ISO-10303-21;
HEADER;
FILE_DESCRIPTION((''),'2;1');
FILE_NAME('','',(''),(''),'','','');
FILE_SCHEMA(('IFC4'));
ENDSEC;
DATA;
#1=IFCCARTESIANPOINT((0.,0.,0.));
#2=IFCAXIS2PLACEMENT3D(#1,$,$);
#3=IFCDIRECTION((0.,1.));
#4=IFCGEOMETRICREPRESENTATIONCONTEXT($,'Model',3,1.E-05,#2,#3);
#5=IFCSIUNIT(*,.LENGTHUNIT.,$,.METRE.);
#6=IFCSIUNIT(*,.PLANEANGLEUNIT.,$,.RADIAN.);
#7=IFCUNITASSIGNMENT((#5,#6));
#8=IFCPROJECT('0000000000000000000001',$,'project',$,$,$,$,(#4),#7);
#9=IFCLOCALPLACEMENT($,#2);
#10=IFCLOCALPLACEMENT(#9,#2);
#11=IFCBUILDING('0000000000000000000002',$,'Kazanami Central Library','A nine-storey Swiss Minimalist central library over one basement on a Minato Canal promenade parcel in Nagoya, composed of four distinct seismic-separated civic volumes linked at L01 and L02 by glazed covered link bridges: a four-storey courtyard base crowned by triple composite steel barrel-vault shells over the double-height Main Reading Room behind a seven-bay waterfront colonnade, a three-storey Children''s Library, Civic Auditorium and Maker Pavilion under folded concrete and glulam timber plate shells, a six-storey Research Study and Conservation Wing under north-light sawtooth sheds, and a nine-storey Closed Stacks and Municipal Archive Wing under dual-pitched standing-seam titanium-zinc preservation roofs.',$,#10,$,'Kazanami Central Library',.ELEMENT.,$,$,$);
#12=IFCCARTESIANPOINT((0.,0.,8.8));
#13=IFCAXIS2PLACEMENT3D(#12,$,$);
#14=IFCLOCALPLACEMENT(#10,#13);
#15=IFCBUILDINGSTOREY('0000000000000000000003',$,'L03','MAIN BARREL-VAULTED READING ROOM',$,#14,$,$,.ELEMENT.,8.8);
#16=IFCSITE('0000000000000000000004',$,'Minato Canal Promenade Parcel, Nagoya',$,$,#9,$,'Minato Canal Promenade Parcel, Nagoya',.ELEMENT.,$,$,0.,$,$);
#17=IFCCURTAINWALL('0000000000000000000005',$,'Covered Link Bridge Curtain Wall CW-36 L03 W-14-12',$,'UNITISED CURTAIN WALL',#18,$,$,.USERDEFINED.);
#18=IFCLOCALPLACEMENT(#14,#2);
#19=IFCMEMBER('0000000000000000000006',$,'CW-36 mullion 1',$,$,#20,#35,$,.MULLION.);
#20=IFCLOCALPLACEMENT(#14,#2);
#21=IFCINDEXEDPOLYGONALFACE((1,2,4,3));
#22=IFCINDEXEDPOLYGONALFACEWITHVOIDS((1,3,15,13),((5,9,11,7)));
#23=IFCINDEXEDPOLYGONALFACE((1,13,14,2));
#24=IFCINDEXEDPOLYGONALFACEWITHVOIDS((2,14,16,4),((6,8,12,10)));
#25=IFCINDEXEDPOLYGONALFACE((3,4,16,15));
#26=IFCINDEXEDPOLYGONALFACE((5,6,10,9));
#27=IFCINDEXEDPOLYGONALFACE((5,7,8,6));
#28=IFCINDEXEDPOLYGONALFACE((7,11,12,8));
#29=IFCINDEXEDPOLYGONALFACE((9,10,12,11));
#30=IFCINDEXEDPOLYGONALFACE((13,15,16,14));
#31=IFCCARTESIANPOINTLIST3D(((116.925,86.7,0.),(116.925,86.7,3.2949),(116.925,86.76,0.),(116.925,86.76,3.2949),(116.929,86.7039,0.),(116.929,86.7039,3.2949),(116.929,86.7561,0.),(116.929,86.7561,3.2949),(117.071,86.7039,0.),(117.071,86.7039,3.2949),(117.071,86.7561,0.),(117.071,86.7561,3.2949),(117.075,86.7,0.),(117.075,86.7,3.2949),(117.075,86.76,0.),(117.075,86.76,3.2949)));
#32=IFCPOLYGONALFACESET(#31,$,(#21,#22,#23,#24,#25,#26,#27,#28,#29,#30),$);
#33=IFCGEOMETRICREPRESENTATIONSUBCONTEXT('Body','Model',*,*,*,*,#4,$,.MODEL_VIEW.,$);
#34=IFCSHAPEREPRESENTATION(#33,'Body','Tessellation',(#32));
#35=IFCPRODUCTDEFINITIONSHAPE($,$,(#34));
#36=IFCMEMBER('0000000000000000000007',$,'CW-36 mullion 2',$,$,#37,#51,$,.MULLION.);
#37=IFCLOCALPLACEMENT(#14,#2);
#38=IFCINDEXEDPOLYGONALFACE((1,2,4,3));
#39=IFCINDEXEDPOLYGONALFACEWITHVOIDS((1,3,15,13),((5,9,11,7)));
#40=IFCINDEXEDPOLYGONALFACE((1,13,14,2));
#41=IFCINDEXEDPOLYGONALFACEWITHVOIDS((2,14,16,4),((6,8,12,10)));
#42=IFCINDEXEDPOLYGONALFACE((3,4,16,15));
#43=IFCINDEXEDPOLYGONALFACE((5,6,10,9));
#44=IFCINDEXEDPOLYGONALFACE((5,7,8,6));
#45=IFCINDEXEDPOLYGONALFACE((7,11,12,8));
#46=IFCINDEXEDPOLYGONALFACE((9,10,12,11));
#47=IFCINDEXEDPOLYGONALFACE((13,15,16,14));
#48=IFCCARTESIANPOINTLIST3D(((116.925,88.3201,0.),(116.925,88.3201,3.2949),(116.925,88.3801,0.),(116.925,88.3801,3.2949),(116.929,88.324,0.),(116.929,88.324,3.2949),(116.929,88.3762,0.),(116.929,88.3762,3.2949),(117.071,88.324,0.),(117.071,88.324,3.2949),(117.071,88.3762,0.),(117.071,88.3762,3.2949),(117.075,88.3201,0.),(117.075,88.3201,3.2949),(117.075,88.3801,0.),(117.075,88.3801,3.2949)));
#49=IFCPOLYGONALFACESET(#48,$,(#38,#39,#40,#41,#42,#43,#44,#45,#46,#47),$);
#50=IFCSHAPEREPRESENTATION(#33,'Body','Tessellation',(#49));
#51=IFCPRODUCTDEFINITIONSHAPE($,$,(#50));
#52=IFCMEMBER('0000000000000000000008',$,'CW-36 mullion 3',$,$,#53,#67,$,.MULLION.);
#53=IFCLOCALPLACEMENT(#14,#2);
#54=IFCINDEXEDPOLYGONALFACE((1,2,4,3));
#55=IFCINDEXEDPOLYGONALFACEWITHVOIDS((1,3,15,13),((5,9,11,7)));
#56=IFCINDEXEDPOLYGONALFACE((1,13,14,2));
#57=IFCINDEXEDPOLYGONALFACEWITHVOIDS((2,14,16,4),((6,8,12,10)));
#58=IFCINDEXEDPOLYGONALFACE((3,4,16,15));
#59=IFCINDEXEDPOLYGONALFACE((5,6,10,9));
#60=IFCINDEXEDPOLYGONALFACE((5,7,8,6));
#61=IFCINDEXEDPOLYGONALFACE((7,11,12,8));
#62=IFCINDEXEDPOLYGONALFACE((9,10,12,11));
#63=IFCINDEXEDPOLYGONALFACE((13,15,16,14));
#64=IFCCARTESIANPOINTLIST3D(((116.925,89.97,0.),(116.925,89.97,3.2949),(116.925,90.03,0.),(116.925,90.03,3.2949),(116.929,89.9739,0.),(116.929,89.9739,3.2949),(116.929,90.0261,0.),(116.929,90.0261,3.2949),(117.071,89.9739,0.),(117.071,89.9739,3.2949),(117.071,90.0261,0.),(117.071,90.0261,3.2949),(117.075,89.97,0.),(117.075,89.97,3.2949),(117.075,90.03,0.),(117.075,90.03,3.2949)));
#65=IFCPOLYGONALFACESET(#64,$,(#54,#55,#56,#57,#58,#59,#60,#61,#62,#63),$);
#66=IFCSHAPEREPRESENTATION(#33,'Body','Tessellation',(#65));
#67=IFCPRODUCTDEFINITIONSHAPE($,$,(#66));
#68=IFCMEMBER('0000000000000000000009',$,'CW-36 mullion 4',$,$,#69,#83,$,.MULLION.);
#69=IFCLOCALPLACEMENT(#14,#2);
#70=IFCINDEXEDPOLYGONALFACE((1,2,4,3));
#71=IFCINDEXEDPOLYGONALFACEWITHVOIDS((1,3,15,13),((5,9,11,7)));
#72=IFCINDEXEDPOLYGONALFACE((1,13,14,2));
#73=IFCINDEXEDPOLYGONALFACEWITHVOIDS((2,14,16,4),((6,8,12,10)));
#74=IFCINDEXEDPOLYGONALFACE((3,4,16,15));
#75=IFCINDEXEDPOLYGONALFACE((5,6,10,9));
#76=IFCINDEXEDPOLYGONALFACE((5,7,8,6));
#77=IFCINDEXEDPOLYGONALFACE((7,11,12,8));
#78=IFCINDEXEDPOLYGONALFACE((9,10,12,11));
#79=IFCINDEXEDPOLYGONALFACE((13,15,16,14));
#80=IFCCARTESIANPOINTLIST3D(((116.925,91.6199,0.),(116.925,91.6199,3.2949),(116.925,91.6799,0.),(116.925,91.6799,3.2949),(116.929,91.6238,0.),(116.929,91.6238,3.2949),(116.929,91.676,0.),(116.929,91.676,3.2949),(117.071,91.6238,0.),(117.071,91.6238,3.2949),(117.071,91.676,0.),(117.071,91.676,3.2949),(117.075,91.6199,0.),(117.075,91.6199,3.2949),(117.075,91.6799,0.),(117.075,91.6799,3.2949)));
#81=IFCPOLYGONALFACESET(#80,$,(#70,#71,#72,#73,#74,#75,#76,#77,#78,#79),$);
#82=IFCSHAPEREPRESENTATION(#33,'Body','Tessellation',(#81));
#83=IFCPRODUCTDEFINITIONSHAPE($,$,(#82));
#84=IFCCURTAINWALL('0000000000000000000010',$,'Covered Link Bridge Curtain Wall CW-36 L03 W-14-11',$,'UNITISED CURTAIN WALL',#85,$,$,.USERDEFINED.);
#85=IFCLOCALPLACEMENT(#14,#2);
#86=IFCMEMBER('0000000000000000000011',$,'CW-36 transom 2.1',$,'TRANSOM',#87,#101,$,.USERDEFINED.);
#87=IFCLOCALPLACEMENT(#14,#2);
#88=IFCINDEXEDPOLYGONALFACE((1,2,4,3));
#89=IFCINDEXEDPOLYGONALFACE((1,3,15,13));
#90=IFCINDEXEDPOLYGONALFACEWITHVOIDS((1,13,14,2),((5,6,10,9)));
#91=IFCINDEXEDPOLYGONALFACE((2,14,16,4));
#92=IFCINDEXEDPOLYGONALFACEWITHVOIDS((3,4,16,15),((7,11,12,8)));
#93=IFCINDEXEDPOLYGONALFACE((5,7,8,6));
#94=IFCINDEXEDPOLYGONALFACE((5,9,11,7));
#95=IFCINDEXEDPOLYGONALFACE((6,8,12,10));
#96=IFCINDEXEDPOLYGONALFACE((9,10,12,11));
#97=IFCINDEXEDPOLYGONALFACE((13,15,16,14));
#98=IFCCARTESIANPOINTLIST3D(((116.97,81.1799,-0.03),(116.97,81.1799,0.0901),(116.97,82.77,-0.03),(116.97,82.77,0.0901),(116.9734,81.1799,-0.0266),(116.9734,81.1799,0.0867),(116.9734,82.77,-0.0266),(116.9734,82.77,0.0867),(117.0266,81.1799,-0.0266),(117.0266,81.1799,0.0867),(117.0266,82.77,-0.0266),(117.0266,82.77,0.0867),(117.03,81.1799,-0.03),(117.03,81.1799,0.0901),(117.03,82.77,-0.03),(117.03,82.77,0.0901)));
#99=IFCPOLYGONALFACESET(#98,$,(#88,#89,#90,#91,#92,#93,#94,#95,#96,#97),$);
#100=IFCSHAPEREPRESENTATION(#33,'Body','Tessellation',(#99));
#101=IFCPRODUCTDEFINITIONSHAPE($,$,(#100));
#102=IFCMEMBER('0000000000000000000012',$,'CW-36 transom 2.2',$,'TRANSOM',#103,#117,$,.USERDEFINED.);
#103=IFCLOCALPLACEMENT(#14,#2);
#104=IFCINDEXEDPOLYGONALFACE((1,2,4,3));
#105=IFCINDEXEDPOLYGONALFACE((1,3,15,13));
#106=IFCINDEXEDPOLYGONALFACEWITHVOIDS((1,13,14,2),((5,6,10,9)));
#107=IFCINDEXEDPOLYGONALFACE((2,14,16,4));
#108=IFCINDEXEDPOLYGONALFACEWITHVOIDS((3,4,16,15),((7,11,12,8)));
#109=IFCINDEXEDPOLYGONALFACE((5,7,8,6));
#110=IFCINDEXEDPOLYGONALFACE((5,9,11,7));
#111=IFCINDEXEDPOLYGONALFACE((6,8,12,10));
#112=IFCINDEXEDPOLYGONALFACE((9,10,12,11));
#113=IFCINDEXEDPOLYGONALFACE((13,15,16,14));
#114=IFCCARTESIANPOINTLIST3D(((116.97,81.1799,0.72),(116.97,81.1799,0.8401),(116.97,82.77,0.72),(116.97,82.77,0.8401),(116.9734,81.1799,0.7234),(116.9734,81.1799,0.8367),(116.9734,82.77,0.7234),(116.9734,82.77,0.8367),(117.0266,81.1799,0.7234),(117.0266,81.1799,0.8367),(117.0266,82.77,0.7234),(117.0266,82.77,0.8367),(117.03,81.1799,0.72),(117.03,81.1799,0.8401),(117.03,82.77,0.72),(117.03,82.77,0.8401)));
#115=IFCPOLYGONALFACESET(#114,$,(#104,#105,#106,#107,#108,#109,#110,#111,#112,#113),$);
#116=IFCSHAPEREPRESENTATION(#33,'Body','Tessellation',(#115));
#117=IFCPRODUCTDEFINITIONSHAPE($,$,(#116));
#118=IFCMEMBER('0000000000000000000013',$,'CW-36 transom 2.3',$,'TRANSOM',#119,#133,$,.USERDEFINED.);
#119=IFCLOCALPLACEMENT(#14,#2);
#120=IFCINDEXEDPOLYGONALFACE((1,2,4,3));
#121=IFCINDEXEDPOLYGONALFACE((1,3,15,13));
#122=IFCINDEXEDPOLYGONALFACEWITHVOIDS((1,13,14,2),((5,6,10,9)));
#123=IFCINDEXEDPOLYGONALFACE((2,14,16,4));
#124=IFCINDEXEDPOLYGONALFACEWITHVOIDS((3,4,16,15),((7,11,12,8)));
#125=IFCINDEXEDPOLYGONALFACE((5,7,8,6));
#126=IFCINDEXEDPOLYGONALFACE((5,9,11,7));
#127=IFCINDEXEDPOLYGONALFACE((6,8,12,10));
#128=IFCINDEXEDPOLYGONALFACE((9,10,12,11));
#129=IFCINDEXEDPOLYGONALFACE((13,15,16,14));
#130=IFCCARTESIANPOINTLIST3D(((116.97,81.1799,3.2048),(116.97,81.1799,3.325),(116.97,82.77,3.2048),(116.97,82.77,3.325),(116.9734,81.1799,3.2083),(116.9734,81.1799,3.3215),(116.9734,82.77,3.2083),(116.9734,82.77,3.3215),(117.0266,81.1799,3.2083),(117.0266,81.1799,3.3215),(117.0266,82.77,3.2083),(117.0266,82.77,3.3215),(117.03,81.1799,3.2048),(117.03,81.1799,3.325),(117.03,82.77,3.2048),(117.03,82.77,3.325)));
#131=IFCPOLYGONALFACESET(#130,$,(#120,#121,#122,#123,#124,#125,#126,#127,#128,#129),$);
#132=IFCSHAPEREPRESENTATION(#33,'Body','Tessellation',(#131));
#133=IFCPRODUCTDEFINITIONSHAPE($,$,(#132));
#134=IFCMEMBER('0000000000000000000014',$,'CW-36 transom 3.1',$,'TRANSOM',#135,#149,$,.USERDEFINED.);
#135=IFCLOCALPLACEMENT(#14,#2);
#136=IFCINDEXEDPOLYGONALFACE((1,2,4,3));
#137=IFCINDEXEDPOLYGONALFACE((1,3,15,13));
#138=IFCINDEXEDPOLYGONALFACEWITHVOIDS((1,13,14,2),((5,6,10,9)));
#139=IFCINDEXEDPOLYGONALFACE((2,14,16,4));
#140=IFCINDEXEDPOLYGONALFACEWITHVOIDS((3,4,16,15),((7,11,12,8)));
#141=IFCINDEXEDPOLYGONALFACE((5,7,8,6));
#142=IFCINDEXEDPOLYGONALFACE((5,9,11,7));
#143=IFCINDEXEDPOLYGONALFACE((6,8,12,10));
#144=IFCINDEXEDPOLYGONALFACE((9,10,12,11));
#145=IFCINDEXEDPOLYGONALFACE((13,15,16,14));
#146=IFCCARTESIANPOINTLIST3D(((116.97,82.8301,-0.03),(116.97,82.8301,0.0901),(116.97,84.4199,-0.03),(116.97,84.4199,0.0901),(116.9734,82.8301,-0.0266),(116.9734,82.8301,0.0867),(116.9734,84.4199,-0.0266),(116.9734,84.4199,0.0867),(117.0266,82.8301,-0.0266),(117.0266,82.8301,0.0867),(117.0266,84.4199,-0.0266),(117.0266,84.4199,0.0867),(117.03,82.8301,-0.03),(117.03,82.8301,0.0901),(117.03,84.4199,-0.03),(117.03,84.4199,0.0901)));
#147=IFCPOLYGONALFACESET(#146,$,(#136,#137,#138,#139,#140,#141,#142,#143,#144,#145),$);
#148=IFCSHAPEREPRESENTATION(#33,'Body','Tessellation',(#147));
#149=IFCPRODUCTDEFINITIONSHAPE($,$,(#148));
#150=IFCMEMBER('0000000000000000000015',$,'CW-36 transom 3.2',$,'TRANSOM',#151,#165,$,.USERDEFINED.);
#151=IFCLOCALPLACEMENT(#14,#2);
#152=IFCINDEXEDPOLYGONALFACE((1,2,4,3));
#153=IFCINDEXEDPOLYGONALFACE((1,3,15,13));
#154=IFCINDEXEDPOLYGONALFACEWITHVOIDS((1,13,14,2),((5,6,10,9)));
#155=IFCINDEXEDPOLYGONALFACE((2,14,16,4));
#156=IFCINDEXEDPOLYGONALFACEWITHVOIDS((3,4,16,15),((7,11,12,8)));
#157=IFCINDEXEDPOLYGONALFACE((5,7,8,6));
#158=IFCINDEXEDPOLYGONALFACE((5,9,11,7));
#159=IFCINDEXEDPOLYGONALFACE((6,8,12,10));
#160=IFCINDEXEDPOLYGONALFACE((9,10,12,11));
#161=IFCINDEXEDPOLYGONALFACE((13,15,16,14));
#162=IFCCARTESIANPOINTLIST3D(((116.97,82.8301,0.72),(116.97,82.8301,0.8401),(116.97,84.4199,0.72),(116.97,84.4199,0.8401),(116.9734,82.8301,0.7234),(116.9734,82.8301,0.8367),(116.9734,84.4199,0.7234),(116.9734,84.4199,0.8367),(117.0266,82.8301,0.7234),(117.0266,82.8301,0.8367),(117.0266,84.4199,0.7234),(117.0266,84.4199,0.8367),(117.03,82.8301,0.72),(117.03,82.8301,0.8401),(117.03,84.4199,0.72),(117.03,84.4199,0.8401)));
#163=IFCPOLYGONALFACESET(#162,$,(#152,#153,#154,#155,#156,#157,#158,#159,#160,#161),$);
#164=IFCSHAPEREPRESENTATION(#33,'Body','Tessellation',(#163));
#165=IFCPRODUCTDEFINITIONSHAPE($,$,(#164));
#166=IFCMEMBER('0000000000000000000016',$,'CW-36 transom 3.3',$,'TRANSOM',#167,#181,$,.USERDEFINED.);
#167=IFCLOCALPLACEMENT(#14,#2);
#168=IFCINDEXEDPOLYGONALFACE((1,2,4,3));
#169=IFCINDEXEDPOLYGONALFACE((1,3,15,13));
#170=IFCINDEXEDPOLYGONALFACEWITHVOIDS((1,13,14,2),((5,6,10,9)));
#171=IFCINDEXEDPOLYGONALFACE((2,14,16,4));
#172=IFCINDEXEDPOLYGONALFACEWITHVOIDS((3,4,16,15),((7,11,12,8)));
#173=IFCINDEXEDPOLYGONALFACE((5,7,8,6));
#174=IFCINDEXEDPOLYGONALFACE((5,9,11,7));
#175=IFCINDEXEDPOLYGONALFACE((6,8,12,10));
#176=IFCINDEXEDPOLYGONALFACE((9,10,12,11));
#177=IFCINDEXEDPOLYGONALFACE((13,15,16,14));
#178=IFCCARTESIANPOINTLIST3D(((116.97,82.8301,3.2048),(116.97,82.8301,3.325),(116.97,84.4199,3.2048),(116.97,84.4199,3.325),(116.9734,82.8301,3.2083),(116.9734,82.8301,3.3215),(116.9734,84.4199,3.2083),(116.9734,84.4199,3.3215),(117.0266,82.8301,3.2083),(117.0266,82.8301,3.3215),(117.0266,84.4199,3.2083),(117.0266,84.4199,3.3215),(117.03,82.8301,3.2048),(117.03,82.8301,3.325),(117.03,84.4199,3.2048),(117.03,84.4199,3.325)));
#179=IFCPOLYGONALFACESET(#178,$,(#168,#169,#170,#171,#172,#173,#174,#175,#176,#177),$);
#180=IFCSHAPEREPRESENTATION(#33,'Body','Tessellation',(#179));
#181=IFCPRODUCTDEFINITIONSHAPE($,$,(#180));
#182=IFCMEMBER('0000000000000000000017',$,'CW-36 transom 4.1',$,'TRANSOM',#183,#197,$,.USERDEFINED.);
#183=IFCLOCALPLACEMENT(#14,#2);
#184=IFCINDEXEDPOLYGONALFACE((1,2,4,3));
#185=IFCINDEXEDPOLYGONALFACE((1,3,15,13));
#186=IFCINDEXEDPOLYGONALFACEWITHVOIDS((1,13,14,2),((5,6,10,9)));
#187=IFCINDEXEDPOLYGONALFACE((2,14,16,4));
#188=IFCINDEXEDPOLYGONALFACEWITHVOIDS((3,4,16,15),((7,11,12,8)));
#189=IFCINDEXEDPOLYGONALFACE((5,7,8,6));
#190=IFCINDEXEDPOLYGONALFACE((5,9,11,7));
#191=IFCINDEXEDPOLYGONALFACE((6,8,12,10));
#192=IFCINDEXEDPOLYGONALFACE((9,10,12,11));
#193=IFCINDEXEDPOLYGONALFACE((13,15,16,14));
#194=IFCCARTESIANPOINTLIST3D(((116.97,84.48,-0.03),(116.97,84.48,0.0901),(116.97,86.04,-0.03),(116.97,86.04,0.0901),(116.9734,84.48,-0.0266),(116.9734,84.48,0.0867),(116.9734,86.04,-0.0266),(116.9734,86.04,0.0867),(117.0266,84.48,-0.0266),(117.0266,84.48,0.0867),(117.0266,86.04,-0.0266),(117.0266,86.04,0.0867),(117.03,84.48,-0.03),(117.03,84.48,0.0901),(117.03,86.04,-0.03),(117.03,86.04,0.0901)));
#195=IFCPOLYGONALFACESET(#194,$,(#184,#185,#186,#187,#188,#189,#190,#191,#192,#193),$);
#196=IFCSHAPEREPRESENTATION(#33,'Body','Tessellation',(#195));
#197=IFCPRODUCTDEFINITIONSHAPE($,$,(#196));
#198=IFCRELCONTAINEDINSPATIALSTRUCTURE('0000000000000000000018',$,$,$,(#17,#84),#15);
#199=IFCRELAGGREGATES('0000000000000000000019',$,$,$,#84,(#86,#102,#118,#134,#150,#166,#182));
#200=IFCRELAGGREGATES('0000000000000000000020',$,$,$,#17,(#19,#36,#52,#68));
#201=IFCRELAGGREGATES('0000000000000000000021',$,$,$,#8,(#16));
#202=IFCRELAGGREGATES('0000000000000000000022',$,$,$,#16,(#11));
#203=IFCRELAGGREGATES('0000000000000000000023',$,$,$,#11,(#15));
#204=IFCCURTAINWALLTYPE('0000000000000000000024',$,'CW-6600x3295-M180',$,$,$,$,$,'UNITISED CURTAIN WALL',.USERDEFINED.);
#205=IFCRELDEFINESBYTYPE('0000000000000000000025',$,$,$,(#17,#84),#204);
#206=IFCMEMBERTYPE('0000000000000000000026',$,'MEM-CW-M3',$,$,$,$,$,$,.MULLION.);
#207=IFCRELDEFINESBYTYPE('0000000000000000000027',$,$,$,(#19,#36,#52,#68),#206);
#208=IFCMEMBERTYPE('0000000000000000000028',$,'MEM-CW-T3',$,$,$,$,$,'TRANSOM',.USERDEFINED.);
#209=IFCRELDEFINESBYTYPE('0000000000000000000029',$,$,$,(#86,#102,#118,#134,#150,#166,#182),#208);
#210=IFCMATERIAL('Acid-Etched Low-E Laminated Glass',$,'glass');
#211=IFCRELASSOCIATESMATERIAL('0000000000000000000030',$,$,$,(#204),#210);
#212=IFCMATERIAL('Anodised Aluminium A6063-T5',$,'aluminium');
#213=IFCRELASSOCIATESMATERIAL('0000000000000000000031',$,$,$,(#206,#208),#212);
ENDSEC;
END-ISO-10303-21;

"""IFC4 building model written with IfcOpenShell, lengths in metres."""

from ifc_helpers import new_model, si_unit, direction, frame, origin, origin_2d, place, context, subcontext, project, spatial, hollow_rectangle, extrude, material, material_profile, profile_set, type_object, element, aggregate, save


model = new_model("IFC4")

# Units and contexts
model_context = context("Model", 3, precision=1e-05, world=origin(), true_north=direction((0.0, 1.0)))
body_context = subcontext(model_context, "Body", "Model", "MODEL_VIEW")
ifc_project = project(units=[si_unit("LENGTHUNIT", "METRE"), si_unit("PLANEANGLEUNIT", "RADIAN")], contexts=[model_context])

# Site, building, storey
site_placement = place(None, origin())
site = spatial("IfcSite", under=ifc_project, at=site_placement, Name="Minato Canal Promenade Parcel, Nagoya", LongName="Minato Canal Promenade Parcel, Nagoya", CompositionType="ELEMENT", RefElevation=0.0)
building_placement = place(site_placement, origin())
building = spatial("IfcBuilding", under=site, at=building_placement, Name="Kazanami Central Library", Description="A nine-storey Swiss Minimalist central library over one basement on a Minato Canal promenade parcel in Nagoya, composed of four distinct seismic-separated civic volumes linked at L01 and L02 by glazed covered link bridges: a four-storey courtyard base crowned by triple composite steel barrel-vault shells over the double-height Main Reading Room behind a seven-bay waterfront colonnade, a three-storey Children's Library, Civic Auditorium and Maker Pavilion under folded concrete and glulam timber plate shells, a six-storey Research Study and Conservation Wing under north-light sawtooth sheds, and a nine-storey Closed Stacks and Municipal Archive Wing under dual-pitched standing-seam titanium-zinc preservation roofs.", LongName="Kazanami Central Library", CompositionType="ELEMENT")
storey_placement = place(building_placement, frame((0.0, 0.0, 8.8)))
storey = spatial("IfcBuildingStorey", under=building, at=storey_placement, Name="L03", Description="MAIN BARREL-VAULTED READING ROOM", CompositionType="ELEMENT", Elevation=8.8)

# Curtain walls, members
ifc_material_1 = material(Name="Acid-Etched Low-E Laminated Glass", Category="glass")
curtain_wall_type = type_object("IfcCurtainWallType", Name="CW-6600x3295-M180", ElementType="UNITISED CURTAIN WALL", PredefinedType="USERDEFINED", material=ifc_material_1)
curtain_wall_1_placement = place(storey_placement, origin())
curtain_wall_1 = element("IfcCurtainWall", 1, at=curtain_wall_1_placement, inside=storey, type_object=curtain_wall_type, Name="Covered Link Bridge Curtain Wall CW-36 L03 W-14-12", ObjectType="UNITISED CURTAIN WALL", PredefinedType="USERDEFINED")
ifc_material_2 = material(Name="Anodised Aluminium A6063-T5", Category="aluminium")
ifc_material_profile_1 = material_profile(ifc_material_2, hollow_rectangle(XDim=0.0601, YDim=0.1499, WallThickness=0.0039, at=origin_2d()), Name="ALU-MULL-60x150x4")
ifc_profile_set_1 = profile_set([ifc_material_profile_1], Name="Anodised Aluminium A6063-T5")
member_type_1 = type_object("IfcMemberType", Name="MEM-CW-M3", PredefinedType="MULLION", material=ifc_profile_set_1)
member_1_placement = place(storey_placement, frame((117.0, 86.73, 0.0), z_axis=(0.0, 0.0, 1.0), x_axis=(0.0, 1.0, 0.0)))
member_1 = element("IfcMember", 2, at=member_1_placement, type_object=member_type_1, Name="CW-36 mullion 1", PredefinedType="MULLION", context=body_context, shape_type="SweptSolid", body=[
    extrude(hollow_rectangle(XDim=0.0601, YDim=0.1499, WallThickness=0.0039, at=origin_2d()), origin(), (0.0, 0.0, 1.0), 3.2949),
])
member_2_placement = place(storey_placement, frame((117.0, 88.3501, 0.0), z_axis=(0.0, 0.0, 1.0), x_axis=(0.0, 1.0, 0.0)))
member_2 = element("IfcMember", 3, at=member_2_placement, type_object=member_type_1, Name="CW-36 mullion 2", PredefinedType="MULLION", context=body_context, shape_type="SweptSolid", body=[
    extrude(hollow_rectangle(XDim=0.0601, YDim=0.1499, WallThickness=0.0039, at=origin_2d()), origin(), (0.0, 0.0, 1.0), 3.2949),
])
member_3_placement = place(storey_placement, frame((117.0, 90.0, 0.0), z_axis=(0.0, 0.0, 1.0), x_axis=(0.0, 1.0, 0.0)))
member_3 = element("IfcMember", 4, at=member_3_placement, type_object=member_type_1, Name="CW-36 mullion 3", PredefinedType="MULLION", context=body_context, shape_type="SweptSolid", body=[
    extrude(hollow_rectangle(XDim=0.0601, YDim=0.1499, WallThickness=0.0039, at=origin_2d()), origin(), (0.0, 0.0, 1.0), 3.2949),
])
member_4_placement = place(storey_placement, frame((117.0, 91.6499, 0.0), z_axis=(0.0, 0.0, 1.0), x_axis=(0.0, 1.0, 0.0)))
member_4 = element("IfcMember", 5, at=member_4_placement, type_object=member_type_1, Name="CW-36 mullion 4", PredefinedType="MULLION", context=body_context, shape_type="SweptSolid", body=[
    extrude(hollow_rectangle(XDim=0.0601, YDim=0.1499, WallThickness=0.0039, at=origin_2d()), origin(), (0.0, 0.0, 1.0), 3.2949),
])
curtain_wall_2_placement = place(storey_placement, origin())
curtain_wall_2 = element("IfcCurtainWall", 6, at=curtain_wall_2_placement, inside=storey, type_object=curtain_wall_type, Name="Covered Link Bridge Curtain Wall CW-36 L03 W-14-11", ObjectType="UNITISED CURTAIN WALL", PredefinedType="USERDEFINED")
ifc_material_profile_2 = material_profile(ifc_material_2, hollow_rectangle(XDim=0.0601, YDim=0.1201, WallThickness=0.0034, at=origin_2d()), Name="ALU-TRAN-60x120x3.5")
ifc_profile_set_2 = profile_set([ifc_material_profile_2], Name="Anodised Aluminium A6063-T5")
member_type_2 = type_object("IfcMemberType", Name="MEM-CW-T3", ElementType="TRANSOM", PredefinedType="USERDEFINED", material=ifc_profile_set_2)
member_5_placement = place(storey_placement, frame((117.0, 81.1799, 0.03), z_axis=(0.0, 1.0, 0.0), x_axis=(-1.0, 0.0, 0.0)))
member_5 = element("IfcMember", 7, at=member_5_placement, type_object=member_type_2, Name="CW-36 transom 2.1", ObjectType="TRANSOM", PredefinedType="USERDEFINED", context=body_context, shape_type="SweptSolid", body=[
    extrude(hollow_rectangle(XDim=0.0601, YDim=0.1201, WallThickness=0.0034, at=origin_2d()), origin(), (0.0, 0.0, 1.0), 1.5901),
])
member_6_placement = place(storey_placement, frame((117.0, 81.1799, 0.78), z_axis=(0.0, 1.0, 0.0), x_axis=(-1.0, 0.0, 0.0)))
member_6 = element("IfcMember", 8, at=member_6_placement, type_object=member_type_2, Name="CW-36 transom 2.2", ObjectType="TRANSOM", PredefinedType="USERDEFINED", context=body_context, shape_type="SweptSolid", body=[
    extrude(hollow_rectangle(XDim=0.0601, YDim=0.1201, WallThickness=0.0034, at=origin_2d()), origin(), (0.0, 0.0, 1.0), 1.5901),
])
member_7_placement = place(storey_placement, frame((117.0, 81.1799, 3.2649), z_axis=(0.0, 1.0, 0.0), x_axis=(-1.0, 0.0, 0.0)))
member_7 = element("IfcMember", 9, at=member_7_placement, type_object=member_type_2, Name="CW-36 transom 2.3", ObjectType="TRANSOM", PredefinedType="USERDEFINED", context=body_context, shape_type="SweptSolid", body=[
    extrude(hollow_rectangle(XDim=0.0601, YDim=0.1201, WallThickness=0.0034, at=origin_2d()), origin(), (0.0, 0.0, 1.0), 1.5901),
])
member_8_placement = place(storey_placement, frame((117.0, 82.8301, 0.03), z_axis=(0.0, 1.0, 0.0), x_axis=(-1.0, 0.0, 0.0)))
member_8 = element("IfcMember", 10, at=member_8_placement, type_object=member_type_2, Name="CW-36 transom 3.1", ObjectType="TRANSOM", PredefinedType="USERDEFINED", context=body_context, shape_type="SweptSolid", body=[
    extrude(hollow_rectangle(XDim=0.0601, YDim=0.1201, WallThickness=0.0034, at=origin_2d()), origin(), (0.0, 0.0, 1.0), 1.5898),
])
member_9_placement = place(storey_placement, frame((117.0, 82.8301, 0.78), z_axis=(0.0, 1.0, 0.0), x_axis=(-1.0, 0.0, 0.0)))
member_9 = element("IfcMember", 11, at=member_9_placement, type_object=member_type_2, Name="CW-36 transom 3.2", ObjectType="TRANSOM", PredefinedType="USERDEFINED", context=body_context, shape_type="SweptSolid", body=[
    extrude(hollow_rectangle(XDim=0.0601, YDim=0.1201, WallThickness=0.0034, at=origin_2d()), origin(), (0.0, 0.0, 1.0), 1.5898),
])
member_10_placement = place(storey_placement, frame((117.0, 82.8301, 3.2649), z_axis=(0.0, 1.0, 0.0), x_axis=(-1.0, 0.0, 0.0)))
member_10 = element("IfcMember", 12, at=member_10_placement, type_object=member_type_2, Name="CW-36 transom 3.3", ObjectType="TRANSOM", PredefinedType="USERDEFINED", context=body_context, shape_type="SweptSolid", body=[
    extrude(hollow_rectangle(XDim=0.0601, YDim=0.1201, WallThickness=0.0034, at=origin_2d()), origin(), (0.0, 0.0, 1.0), 1.5898),
])
member_11_placement = place(storey_placement, frame((117.0, 84.48, 0.03), z_axis=(0.0, 1.0, 0.0), x_axis=(-1.0, 0.0, 0.0)))
member_11 = element("IfcMember", 13, at=member_11_placement, type_object=member_type_2, Name="CW-36 transom 4.1", ObjectType="TRANSOM", PredefinedType="USERDEFINED", context=body_context, shape_type="SweptSolid", body=[
    extrude(hollow_rectangle(XDim=0.0601, YDim=0.1201, WallThickness=0.0034, at=origin_2d()), origin(), (0.0, 0.0, 1.0), 1.5601),
])

aggregate(curtain_wall_2, [member_5, member_6, member_7, member_8, member_9, member_10, member_11])
aggregate(curtain_wall_1, [member_1, member_2, member_3, member_4])

save(model, "model.ifc")
